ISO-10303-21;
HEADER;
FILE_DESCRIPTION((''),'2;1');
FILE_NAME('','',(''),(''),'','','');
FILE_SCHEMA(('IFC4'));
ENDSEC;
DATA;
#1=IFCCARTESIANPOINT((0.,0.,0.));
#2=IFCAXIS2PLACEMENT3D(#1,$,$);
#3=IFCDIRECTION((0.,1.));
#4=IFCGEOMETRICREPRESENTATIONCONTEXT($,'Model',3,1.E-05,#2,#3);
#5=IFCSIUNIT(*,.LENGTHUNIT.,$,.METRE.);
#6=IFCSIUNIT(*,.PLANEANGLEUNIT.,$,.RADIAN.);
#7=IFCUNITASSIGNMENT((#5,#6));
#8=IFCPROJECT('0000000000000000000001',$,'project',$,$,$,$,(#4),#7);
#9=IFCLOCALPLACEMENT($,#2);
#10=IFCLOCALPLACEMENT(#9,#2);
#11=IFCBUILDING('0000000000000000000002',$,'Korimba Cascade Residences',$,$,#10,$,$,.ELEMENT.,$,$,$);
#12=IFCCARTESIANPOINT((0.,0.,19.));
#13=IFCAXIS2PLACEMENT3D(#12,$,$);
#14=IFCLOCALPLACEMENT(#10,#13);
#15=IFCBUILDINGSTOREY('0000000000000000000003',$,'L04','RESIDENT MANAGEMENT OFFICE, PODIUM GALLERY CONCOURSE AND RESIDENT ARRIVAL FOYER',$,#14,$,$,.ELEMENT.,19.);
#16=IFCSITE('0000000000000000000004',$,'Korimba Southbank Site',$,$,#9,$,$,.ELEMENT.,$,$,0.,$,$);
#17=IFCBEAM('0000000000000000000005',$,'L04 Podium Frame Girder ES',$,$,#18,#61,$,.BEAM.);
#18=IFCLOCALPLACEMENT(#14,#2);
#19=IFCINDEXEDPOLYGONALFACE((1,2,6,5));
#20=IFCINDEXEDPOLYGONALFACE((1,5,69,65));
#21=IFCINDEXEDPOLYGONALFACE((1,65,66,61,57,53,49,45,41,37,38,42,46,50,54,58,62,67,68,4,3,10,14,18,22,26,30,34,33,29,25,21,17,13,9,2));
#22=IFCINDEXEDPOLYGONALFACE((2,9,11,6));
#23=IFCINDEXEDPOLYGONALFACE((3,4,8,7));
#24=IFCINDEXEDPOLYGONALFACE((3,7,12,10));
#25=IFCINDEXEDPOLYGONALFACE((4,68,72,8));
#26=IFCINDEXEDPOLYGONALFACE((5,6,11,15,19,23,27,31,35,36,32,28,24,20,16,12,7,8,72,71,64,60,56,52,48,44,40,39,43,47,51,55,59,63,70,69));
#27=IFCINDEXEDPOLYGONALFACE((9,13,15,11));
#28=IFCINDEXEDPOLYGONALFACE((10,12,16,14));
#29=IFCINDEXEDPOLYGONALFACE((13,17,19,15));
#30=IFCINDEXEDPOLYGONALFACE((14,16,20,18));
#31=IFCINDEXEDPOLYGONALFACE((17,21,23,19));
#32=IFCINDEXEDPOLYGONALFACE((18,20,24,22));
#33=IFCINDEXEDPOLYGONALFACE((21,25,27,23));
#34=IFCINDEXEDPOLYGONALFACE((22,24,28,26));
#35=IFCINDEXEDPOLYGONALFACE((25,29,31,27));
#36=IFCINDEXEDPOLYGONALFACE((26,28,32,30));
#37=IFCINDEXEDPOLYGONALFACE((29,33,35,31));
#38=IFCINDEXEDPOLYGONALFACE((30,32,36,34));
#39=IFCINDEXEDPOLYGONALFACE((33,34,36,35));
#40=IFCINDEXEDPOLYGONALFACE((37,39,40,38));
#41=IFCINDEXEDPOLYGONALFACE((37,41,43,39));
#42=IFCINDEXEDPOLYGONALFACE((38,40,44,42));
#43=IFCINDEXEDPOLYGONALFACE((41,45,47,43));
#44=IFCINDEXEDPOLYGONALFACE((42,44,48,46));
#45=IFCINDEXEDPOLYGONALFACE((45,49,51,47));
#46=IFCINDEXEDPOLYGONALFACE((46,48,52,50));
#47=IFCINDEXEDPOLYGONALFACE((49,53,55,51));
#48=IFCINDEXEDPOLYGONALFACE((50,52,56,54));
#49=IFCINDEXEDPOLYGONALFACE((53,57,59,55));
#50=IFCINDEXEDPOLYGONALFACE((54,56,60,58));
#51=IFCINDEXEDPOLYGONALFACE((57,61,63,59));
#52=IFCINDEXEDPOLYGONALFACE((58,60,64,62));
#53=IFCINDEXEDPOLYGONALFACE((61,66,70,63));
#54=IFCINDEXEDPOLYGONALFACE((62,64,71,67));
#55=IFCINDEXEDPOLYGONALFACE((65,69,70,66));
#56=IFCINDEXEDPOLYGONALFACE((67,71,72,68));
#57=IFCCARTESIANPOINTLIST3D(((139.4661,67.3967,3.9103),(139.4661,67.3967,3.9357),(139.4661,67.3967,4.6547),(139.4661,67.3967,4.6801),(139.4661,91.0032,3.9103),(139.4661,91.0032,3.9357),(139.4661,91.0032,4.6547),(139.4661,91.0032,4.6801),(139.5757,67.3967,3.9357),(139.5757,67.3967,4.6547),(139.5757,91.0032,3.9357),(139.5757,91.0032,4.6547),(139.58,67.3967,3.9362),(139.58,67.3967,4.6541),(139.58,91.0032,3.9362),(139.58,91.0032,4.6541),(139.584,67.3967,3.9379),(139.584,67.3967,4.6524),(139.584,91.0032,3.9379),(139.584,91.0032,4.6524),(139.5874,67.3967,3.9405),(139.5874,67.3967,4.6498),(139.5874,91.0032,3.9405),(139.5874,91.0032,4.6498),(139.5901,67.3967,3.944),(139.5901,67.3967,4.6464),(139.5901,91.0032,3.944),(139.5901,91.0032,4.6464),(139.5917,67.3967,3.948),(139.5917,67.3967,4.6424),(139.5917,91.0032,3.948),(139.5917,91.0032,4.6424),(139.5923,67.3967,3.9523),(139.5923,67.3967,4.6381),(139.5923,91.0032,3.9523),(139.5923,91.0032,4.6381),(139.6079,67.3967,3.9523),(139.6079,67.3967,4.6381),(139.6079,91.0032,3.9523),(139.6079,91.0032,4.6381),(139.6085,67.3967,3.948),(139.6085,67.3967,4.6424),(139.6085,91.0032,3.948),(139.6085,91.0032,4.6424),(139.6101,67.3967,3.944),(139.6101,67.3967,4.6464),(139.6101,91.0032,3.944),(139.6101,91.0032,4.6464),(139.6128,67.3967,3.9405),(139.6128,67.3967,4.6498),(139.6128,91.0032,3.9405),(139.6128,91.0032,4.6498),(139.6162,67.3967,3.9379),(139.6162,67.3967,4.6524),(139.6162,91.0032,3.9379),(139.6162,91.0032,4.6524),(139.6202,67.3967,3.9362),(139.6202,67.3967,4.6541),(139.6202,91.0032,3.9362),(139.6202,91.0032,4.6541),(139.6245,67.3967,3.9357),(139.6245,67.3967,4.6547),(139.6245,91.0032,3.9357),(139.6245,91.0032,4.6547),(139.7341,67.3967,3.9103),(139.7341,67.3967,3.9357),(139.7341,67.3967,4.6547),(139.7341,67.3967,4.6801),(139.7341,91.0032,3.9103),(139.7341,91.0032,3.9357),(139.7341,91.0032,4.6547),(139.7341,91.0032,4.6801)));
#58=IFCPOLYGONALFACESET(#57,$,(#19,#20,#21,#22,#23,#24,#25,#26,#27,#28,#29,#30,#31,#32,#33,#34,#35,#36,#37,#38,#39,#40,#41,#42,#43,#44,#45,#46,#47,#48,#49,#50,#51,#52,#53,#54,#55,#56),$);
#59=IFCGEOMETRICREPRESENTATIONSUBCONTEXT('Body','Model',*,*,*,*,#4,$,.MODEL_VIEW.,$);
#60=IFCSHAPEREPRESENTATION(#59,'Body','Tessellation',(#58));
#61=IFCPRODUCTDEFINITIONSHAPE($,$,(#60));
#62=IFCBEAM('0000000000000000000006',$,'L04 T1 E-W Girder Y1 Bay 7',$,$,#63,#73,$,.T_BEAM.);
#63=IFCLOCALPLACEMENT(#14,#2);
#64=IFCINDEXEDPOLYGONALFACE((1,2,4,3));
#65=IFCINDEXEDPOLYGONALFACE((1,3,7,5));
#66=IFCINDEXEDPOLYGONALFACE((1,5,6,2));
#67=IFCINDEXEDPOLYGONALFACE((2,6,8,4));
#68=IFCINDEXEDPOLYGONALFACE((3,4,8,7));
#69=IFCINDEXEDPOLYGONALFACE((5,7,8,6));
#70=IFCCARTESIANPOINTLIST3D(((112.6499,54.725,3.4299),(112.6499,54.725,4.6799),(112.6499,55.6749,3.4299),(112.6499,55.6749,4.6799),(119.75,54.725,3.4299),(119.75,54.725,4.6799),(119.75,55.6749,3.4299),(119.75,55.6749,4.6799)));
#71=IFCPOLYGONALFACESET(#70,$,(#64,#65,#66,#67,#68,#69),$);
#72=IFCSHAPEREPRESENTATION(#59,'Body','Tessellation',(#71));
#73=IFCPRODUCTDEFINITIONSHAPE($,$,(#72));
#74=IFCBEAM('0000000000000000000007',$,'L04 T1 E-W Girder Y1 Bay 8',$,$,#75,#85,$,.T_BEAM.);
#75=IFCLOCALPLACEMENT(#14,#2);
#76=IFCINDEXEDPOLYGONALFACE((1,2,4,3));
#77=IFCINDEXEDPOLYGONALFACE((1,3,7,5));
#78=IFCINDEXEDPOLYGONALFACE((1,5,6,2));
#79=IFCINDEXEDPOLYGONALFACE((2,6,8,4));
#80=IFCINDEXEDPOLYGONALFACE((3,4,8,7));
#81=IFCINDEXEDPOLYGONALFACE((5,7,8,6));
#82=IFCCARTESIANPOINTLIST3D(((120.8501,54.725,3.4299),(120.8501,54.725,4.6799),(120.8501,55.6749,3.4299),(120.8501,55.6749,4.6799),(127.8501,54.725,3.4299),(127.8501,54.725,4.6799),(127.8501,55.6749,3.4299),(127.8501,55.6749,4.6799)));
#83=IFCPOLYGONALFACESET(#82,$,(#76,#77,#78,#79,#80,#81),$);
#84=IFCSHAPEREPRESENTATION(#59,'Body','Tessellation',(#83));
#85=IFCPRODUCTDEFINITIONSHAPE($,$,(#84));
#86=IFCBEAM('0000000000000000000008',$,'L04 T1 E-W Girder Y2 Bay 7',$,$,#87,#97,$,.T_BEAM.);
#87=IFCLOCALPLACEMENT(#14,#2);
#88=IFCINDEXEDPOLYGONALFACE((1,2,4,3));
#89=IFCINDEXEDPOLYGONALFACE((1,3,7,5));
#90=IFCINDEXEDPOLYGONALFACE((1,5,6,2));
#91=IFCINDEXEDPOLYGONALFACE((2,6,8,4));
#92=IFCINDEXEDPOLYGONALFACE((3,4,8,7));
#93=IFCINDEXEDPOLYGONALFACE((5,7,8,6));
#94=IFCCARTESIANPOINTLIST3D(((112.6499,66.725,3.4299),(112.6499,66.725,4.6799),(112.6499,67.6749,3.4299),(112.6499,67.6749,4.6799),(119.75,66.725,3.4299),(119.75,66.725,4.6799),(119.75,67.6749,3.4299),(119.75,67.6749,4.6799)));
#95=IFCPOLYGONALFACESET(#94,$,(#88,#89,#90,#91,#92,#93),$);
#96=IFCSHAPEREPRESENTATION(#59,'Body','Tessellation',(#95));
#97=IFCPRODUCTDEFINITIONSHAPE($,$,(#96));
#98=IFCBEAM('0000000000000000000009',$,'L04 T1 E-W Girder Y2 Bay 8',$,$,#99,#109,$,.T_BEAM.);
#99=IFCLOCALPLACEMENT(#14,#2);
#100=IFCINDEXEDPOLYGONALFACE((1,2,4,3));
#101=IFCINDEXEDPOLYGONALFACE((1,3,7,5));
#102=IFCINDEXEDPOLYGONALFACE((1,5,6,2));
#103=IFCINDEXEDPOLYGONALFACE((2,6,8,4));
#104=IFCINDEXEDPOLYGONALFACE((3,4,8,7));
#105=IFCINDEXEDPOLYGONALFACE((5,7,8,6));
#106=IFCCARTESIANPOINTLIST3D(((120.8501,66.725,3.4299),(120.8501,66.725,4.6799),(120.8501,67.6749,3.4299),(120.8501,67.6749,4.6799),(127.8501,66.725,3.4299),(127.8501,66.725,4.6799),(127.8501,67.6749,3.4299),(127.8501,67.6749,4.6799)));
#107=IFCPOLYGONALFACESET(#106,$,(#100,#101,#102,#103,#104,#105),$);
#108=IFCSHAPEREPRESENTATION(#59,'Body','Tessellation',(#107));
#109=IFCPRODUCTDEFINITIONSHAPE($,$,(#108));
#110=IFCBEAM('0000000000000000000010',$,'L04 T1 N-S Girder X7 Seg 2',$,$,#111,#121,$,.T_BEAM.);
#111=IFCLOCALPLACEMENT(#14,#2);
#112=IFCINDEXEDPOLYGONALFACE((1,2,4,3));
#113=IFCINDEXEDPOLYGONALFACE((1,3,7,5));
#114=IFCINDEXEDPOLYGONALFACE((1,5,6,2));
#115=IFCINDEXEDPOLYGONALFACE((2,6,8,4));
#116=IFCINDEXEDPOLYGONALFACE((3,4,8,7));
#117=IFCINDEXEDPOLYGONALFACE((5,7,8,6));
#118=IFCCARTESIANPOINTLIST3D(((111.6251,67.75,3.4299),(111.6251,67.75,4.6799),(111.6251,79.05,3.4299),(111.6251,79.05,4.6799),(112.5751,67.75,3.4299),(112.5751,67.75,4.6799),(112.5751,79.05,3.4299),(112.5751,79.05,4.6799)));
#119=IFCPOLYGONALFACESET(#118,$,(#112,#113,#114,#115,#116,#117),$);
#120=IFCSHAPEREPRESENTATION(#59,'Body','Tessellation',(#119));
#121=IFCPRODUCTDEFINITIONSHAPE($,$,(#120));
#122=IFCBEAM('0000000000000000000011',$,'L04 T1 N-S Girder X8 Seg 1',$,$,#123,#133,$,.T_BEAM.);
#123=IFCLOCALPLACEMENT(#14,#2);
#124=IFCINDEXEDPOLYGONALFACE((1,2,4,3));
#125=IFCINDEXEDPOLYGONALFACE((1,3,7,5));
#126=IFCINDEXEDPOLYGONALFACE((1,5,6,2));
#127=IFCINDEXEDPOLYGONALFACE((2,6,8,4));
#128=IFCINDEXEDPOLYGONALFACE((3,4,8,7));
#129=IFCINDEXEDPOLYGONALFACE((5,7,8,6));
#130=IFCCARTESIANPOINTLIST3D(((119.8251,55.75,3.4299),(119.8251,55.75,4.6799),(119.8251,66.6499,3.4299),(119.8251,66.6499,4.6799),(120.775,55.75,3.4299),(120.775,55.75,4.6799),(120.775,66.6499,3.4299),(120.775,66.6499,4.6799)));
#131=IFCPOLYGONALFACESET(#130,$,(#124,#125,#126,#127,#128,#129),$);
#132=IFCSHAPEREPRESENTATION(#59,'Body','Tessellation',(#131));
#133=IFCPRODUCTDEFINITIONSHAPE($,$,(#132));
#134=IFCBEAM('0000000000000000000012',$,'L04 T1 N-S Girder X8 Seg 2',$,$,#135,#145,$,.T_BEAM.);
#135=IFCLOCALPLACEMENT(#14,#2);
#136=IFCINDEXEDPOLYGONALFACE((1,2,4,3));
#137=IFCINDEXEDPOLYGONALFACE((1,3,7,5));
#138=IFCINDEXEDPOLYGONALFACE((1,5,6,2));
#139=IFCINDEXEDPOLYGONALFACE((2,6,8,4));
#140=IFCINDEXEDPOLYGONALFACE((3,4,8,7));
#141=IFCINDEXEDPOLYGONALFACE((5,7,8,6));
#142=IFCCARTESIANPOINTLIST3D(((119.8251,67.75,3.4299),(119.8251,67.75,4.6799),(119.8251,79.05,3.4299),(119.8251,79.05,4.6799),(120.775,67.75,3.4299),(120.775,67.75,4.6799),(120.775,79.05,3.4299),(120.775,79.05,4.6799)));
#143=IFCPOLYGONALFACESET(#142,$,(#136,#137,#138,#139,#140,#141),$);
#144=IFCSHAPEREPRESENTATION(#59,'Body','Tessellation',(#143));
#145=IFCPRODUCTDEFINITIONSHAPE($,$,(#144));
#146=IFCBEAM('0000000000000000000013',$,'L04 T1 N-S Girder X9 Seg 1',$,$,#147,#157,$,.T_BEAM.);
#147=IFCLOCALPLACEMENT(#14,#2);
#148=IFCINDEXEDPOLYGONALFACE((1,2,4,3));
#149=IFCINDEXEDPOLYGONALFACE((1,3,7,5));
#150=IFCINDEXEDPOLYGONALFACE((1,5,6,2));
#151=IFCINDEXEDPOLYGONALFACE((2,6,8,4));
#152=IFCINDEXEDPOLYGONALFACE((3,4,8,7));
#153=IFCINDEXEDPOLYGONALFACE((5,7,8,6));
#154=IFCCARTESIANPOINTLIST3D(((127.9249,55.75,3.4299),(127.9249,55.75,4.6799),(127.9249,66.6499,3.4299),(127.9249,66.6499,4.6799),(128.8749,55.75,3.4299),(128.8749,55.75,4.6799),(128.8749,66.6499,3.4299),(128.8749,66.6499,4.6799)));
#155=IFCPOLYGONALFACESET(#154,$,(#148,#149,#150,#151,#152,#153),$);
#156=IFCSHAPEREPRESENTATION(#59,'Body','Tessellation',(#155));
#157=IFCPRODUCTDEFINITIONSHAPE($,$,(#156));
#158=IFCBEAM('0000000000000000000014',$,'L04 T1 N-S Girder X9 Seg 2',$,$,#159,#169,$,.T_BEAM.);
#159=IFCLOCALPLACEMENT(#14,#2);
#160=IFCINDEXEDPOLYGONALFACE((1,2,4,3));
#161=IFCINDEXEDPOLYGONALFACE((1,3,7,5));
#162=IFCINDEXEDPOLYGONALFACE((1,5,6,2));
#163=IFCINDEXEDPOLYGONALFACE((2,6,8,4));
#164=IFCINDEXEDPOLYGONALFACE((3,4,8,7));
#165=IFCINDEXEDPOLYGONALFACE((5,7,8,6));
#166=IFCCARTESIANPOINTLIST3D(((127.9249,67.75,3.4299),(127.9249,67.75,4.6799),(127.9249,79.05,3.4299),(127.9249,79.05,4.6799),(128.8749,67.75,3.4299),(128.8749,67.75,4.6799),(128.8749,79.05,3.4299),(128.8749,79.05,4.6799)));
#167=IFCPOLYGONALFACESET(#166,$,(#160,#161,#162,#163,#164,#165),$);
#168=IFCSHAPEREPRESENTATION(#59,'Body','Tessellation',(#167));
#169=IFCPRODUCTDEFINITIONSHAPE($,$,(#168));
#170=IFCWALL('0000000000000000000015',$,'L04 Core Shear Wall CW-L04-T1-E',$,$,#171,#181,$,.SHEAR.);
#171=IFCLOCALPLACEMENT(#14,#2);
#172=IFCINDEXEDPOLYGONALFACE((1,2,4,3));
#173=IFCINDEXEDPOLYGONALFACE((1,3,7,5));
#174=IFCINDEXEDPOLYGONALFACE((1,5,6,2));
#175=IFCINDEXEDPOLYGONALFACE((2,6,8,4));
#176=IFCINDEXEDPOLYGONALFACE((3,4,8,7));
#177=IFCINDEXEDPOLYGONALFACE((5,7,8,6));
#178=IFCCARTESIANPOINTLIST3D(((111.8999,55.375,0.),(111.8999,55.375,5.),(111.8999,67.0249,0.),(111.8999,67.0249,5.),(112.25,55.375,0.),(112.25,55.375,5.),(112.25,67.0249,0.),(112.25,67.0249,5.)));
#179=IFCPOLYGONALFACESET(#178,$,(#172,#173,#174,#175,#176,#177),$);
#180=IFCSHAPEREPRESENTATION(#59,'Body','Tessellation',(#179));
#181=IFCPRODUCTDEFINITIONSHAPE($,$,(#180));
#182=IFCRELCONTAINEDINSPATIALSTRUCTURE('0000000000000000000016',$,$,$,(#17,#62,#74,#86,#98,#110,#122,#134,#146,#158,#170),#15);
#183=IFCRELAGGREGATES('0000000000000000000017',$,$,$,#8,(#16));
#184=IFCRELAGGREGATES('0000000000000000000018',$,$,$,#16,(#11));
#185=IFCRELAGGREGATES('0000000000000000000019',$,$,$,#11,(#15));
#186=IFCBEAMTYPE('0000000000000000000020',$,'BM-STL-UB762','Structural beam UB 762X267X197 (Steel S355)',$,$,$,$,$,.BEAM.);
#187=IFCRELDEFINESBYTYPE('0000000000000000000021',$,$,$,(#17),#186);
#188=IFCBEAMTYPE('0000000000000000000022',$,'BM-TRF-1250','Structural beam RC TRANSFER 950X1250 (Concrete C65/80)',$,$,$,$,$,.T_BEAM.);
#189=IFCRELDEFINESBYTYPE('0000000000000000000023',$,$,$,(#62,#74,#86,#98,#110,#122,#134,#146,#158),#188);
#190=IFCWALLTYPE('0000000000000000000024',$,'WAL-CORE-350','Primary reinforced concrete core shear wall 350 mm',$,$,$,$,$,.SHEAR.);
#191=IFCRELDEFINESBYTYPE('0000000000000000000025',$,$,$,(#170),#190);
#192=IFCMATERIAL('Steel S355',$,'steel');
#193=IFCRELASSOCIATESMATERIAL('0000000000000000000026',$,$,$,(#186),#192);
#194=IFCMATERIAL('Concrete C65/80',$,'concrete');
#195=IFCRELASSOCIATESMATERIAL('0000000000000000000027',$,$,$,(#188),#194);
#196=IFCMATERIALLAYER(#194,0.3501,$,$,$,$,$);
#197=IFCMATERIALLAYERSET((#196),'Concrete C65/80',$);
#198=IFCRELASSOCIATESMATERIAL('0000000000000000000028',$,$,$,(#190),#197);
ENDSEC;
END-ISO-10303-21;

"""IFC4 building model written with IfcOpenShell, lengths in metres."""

from ifc_helpers import new_model, si_unit, direction, frame, frame_2d, origin, origin_2d, place, context, subcontext, project, spatial, rectangle, i_section, extrude, material, layer, layer_set, material_profile, profile_set, type_object, element, save


model = new_model("IFC4")

# Units and contexts
model_context = context("Model", 3, precision=1e-05, world=origin(), true_north=direction((0.0, 1.0)))
body_context = subcontext(model_context, "Body", "Model", "MODEL_VIEW")
ifc_project = project(units=[si_unit("LENGTHUNIT", "METRE"), si_unit("PLANEANGLEUNIT", "RADIAN")], contexts=[model_context])

# Site, building, storey
site_placement = place(None, origin())
site = spatial("IfcSite", under=ifc_project, at=site_placement, Name="Korimba Southbank Site", CompositionType="ELEMENT", RefElevation=0.0)
building_placement = place(site_placement, origin())
building = spatial("IfcBuilding", under=site, at=building_placement, Name="Korimba Cascade Residences", CompositionType="ELEMENT")
storey_placement = place(building_placement, frame((0.0, 0.0, 19.0)))
storey = spatial("IfcBuildingStorey", under=building, at=storey_placement, Name="L04", Description="RESIDENT MANAGEMENT OFFICE, PODIUM GALLERY CONCOURSE AND RESIDENT ARRIVAL FOYER", CompositionType="ELEMENT", Elevation=19.0)

# Shared definitions
ifc_material_1 = material(Name="Steel S355", Category="steel")

# Beams
ifc_material_profile_1 = material_profile(ifc_material_1, i_section(OverallWidth=0.2681, OverallDepth=0.7698, WebThickness=0.0156, FlangeThickness=0.0254, FilletRadius=0.0166, at=origin_2d()), Name="Steel S355")
ifc_profile_set_1 = profile_set([ifc_material_profile_1], Name="Steel S355")
beam_type_1 = type_object("IfcBeamType", Name="BM-STL-UB762", Description="Structural beam UB 762X267X197 (Steel S355)", PredefinedType="BEAM", material=ifc_profile_set_1)
beam_1_placement = place(storey_placement, frame((139.6001, 67.3967, 4.2952), z_axis=(0.0, 1.0, 0.0), x_axis=(-1.0, 0.0, 0.0)))
element("IfcBeam", 1, at=beam_1_placement, inside=storey, type_object=beam_type_1, Name="L04 Podium Frame Girder ES", PredefinedType="BEAM", context=body_context, shape_type="SweptSolid", body=[
    extrude(i_section(OverallWidth=0.2681, OverallDepth=0.7698, WebThickness=0.0156, FlangeThickness=0.0254, FilletRadius=0.0166, at=origin_2d()), origin(), (0.0, 0.0, 1.0), 23.6064),
])
ifc_material_2 = material(Name="Concrete C65/80", Category="concrete")
ifc_material_profile_2 = material_profile(ifc_material_2, rectangle(XDim=0.95, YDim=1.25, at=origin_2d()), Name="Concrete C65/80")
ifc_profile_set_2 = profile_set([ifc_material_profile_2], Name="Concrete C65/80")
beam_type_2 = type_object("IfcBeamType", Name="BM-TRF-1250", Description="Structural beam RC TRANSFER 950X1250 (Concrete C65/80)", PredefinedType="T_BEAM", material=ifc_profile_set_2)
beam_2_placement = place(storey_placement, frame((112.6499, 55.2, 4.0549), z_axis=(1.0, 0.0, 0.0), x_axis=(0.0, 1.0, 0.0)))
element("IfcBeam", 2, at=beam_2_placement, inside=storey, type_object=beam_type_2, Name="L04 T1 E-W Girder Y1 Bay 7", PredefinedType="T_BEAM", context=body_context, shape_type="SweptSolid", body=[
    extrude(rectangle(XDim=0.95, YDim=1.25, at=origin_2d()), origin(), (0.0, 0.0, 1.0), 7.1001),
])
beam_3_placement = place(storey_placement, frame((120.8501, 55.2, 4.0549), z_axis=(1.0, 0.0, 0.0), x_axis=(0.0, 1.0, 0.0)))
element("IfcBeam", 3, at=beam_3_placement, inside=storey, type_object=beam_type_2, Name="L04 T1 E-W Girder Y1 Bay 8", PredefinedType="T_BEAM", context=body_context, shape_type="SweptSolid", body=[
    extrude(rectangle(XDim=0.95, YDim=1.25, at=origin_2d()), origin(), (0.0, 0.0, 1.0), 7.0),
])
beam_4_placement = place(storey_placement, frame((112.6499, 67.2, 4.0549), z_axis=(1.0, 0.0, 0.0), x_axis=(0.0, 1.0, 0.0)))
element("IfcBeam", 4, at=beam_4_placement, inside=storey, type_object=beam_type_2, Name="L04 T1 E-W Girder Y2 Bay 7", PredefinedType="T_BEAM", context=body_context, shape_type="SweptSolid", body=[
    extrude(rectangle(XDim=0.95, YDim=1.25, at=origin_2d()), origin(), (0.0, 0.0, 1.0), 7.1001),
])
beam_5_placement = place(storey_placement, frame((120.8501, 67.2, 4.0549), z_axis=(1.0, 0.0, 0.0), x_axis=(0.0, 1.0, 0.0)))
element("IfcBeam", 5, at=beam_5_placement, inside=storey, type_object=beam_type_2, Name="L04 T1 E-W Girder Y2 Bay 8", PredefinedType="T_BEAM", context=body_context, shape_type="SweptSolid", body=[
    extrude(rectangle(XDim=0.95, YDim=1.25, at=origin_2d()), origin(), (0.0, 0.0, 1.0), 7.0),
])
beam_6_placement = place(storey_placement, frame((112.1001, 67.75, 4.0549), z_axis=(0.0, 1.0, 0.0), x_axis=(-1.0, 0.0, 0.0)))
element("IfcBeam", 6, at=beam_6_placement, inside=storey, type_object=beam_type_2, Name="L04 T1 N-S Girder X7 Seg 2", PredefinedType="T_BEAM", context=body_context, shape_type="SweptSolid", body=[
    extrude(rectangle(XDim=0.95, YDim=1.25, at=origin_2d()), origin(), (0.0, 0.0, 1.0), 11.3),
])
beam_7_placement = place(storey_placement, frame((120.3, 55.75, 4.0549), z_axis=(0.0, 1.0, 0.0), x_axis=(-1.0, 0.0, 0.0)))
element("IfcBeam", 7, at=beam_7_placement, inside=storey, type_object=beam_type_2, Name="L04 T1 N-S Girder X8 Seg 1", PredefinedType="T_BEAM", context=body_context, shape_type="SweptSolid", body=[
    extrude(rectangle(XDim=0.95, YDim=1.25, at=origin_2d()), origin(), (0.0, 0.0, 1.0), 10.8999),
])
beam_8_placement = place(storey_placement, frame((120.3, 67.75, 4.0549), z_axis=(0.0, 1.0, 0.0), x_axis=(-1.0, 0.0, 0.0)))
element("IfcBeam", 8, at=beam_8_placement, inside=storey, type_object=beam_type_2, Name="L04 T1 N-S Girder X8 Seg 2", PredefinedType="T_BEAM", context=body_context, shape_type="SweptSolid", body=[
    extrude(rectangle(XDim=0.95, YDim=1.25, at=origin_2d()), origin(), (0.0, 0.0, 1.0), 11.3),
])
beam_9_placement = place(storey_placement, frame((128.3999, 55.75, 4.0549), z_axis=(0.0, 1.0, 0.0), x_axis=(-1.0, 0.0, 0.0)))
element("IfcBeam", 9, at=beam_9_placement, inside=storey, type_object=beam_type_2, Name="L04 T1 N-S Girder X9 Seg 1", PredefinedType="T_BEAM", context=body_context, shape_type="SweptSolid", body=[
    extrude(rectangle(XDim=0.95, YDim=1.25, at=origin_2d()), origin(), (0.0, 0.0, 1.0), 10.8999),
])
beam_10_placement = place(storey_placement, frame((128.3999, 67.75, 4.0549), z_axis=(0.0, 1.0, 0.0), x_axis=(-1.0, 0.0, 0.0)))
element("IfcBeam", 10, at=beam_10_placement, inside=storey, type_object=beam_type_2, Name="L04 T1 N-S Girder X9 Seg 2", PredefinedType="T_BEAM", context=body_context, shape_type="SweptSolid", body=[
    extrude(rectangle(XDim=0.95, YDim=1.25, at=origin_2d()), origin(), (0.0, 0.0, 1.0), 11.3),
])

# Wall
ifc_layer_1 = layer(ifc_material_2, 0.3501)
ifc_layer_set_1 = layer_set([ifc_layer_1], Name="Concrete C65/80")
wall_type_1 = type_object("IfcWallType", Name="WAL-CORE-350", Description="Primary reinforced concrete core shear wall 350 mm", PredefinedType="SHEAR", material=ifc_layer_set_1)
wall_1_placement = place(storey_placement, frame((112.075, 55.375, 0.0), z_axis=(0.0, 0.0, 1.0), x_axis=(0.0, 1.0, 0.0)))
element("IfcWall", 11, at=wall_1_placement, inside=storey, type_object=wall_type_1, Name="L04 Core Shear Wall CW-L04-T1-E", PredefinedType="SHEAR", context=body_context, shape_type="SweptSolid", body=[
    extrude(rectangle(XDim=11.6499, YDim=0.3501, at=frame_2d((5.825, 0.0))), origin(), (0.0, 0.0, 1.0), 5.0),
])

save(model, "model.ifc")
